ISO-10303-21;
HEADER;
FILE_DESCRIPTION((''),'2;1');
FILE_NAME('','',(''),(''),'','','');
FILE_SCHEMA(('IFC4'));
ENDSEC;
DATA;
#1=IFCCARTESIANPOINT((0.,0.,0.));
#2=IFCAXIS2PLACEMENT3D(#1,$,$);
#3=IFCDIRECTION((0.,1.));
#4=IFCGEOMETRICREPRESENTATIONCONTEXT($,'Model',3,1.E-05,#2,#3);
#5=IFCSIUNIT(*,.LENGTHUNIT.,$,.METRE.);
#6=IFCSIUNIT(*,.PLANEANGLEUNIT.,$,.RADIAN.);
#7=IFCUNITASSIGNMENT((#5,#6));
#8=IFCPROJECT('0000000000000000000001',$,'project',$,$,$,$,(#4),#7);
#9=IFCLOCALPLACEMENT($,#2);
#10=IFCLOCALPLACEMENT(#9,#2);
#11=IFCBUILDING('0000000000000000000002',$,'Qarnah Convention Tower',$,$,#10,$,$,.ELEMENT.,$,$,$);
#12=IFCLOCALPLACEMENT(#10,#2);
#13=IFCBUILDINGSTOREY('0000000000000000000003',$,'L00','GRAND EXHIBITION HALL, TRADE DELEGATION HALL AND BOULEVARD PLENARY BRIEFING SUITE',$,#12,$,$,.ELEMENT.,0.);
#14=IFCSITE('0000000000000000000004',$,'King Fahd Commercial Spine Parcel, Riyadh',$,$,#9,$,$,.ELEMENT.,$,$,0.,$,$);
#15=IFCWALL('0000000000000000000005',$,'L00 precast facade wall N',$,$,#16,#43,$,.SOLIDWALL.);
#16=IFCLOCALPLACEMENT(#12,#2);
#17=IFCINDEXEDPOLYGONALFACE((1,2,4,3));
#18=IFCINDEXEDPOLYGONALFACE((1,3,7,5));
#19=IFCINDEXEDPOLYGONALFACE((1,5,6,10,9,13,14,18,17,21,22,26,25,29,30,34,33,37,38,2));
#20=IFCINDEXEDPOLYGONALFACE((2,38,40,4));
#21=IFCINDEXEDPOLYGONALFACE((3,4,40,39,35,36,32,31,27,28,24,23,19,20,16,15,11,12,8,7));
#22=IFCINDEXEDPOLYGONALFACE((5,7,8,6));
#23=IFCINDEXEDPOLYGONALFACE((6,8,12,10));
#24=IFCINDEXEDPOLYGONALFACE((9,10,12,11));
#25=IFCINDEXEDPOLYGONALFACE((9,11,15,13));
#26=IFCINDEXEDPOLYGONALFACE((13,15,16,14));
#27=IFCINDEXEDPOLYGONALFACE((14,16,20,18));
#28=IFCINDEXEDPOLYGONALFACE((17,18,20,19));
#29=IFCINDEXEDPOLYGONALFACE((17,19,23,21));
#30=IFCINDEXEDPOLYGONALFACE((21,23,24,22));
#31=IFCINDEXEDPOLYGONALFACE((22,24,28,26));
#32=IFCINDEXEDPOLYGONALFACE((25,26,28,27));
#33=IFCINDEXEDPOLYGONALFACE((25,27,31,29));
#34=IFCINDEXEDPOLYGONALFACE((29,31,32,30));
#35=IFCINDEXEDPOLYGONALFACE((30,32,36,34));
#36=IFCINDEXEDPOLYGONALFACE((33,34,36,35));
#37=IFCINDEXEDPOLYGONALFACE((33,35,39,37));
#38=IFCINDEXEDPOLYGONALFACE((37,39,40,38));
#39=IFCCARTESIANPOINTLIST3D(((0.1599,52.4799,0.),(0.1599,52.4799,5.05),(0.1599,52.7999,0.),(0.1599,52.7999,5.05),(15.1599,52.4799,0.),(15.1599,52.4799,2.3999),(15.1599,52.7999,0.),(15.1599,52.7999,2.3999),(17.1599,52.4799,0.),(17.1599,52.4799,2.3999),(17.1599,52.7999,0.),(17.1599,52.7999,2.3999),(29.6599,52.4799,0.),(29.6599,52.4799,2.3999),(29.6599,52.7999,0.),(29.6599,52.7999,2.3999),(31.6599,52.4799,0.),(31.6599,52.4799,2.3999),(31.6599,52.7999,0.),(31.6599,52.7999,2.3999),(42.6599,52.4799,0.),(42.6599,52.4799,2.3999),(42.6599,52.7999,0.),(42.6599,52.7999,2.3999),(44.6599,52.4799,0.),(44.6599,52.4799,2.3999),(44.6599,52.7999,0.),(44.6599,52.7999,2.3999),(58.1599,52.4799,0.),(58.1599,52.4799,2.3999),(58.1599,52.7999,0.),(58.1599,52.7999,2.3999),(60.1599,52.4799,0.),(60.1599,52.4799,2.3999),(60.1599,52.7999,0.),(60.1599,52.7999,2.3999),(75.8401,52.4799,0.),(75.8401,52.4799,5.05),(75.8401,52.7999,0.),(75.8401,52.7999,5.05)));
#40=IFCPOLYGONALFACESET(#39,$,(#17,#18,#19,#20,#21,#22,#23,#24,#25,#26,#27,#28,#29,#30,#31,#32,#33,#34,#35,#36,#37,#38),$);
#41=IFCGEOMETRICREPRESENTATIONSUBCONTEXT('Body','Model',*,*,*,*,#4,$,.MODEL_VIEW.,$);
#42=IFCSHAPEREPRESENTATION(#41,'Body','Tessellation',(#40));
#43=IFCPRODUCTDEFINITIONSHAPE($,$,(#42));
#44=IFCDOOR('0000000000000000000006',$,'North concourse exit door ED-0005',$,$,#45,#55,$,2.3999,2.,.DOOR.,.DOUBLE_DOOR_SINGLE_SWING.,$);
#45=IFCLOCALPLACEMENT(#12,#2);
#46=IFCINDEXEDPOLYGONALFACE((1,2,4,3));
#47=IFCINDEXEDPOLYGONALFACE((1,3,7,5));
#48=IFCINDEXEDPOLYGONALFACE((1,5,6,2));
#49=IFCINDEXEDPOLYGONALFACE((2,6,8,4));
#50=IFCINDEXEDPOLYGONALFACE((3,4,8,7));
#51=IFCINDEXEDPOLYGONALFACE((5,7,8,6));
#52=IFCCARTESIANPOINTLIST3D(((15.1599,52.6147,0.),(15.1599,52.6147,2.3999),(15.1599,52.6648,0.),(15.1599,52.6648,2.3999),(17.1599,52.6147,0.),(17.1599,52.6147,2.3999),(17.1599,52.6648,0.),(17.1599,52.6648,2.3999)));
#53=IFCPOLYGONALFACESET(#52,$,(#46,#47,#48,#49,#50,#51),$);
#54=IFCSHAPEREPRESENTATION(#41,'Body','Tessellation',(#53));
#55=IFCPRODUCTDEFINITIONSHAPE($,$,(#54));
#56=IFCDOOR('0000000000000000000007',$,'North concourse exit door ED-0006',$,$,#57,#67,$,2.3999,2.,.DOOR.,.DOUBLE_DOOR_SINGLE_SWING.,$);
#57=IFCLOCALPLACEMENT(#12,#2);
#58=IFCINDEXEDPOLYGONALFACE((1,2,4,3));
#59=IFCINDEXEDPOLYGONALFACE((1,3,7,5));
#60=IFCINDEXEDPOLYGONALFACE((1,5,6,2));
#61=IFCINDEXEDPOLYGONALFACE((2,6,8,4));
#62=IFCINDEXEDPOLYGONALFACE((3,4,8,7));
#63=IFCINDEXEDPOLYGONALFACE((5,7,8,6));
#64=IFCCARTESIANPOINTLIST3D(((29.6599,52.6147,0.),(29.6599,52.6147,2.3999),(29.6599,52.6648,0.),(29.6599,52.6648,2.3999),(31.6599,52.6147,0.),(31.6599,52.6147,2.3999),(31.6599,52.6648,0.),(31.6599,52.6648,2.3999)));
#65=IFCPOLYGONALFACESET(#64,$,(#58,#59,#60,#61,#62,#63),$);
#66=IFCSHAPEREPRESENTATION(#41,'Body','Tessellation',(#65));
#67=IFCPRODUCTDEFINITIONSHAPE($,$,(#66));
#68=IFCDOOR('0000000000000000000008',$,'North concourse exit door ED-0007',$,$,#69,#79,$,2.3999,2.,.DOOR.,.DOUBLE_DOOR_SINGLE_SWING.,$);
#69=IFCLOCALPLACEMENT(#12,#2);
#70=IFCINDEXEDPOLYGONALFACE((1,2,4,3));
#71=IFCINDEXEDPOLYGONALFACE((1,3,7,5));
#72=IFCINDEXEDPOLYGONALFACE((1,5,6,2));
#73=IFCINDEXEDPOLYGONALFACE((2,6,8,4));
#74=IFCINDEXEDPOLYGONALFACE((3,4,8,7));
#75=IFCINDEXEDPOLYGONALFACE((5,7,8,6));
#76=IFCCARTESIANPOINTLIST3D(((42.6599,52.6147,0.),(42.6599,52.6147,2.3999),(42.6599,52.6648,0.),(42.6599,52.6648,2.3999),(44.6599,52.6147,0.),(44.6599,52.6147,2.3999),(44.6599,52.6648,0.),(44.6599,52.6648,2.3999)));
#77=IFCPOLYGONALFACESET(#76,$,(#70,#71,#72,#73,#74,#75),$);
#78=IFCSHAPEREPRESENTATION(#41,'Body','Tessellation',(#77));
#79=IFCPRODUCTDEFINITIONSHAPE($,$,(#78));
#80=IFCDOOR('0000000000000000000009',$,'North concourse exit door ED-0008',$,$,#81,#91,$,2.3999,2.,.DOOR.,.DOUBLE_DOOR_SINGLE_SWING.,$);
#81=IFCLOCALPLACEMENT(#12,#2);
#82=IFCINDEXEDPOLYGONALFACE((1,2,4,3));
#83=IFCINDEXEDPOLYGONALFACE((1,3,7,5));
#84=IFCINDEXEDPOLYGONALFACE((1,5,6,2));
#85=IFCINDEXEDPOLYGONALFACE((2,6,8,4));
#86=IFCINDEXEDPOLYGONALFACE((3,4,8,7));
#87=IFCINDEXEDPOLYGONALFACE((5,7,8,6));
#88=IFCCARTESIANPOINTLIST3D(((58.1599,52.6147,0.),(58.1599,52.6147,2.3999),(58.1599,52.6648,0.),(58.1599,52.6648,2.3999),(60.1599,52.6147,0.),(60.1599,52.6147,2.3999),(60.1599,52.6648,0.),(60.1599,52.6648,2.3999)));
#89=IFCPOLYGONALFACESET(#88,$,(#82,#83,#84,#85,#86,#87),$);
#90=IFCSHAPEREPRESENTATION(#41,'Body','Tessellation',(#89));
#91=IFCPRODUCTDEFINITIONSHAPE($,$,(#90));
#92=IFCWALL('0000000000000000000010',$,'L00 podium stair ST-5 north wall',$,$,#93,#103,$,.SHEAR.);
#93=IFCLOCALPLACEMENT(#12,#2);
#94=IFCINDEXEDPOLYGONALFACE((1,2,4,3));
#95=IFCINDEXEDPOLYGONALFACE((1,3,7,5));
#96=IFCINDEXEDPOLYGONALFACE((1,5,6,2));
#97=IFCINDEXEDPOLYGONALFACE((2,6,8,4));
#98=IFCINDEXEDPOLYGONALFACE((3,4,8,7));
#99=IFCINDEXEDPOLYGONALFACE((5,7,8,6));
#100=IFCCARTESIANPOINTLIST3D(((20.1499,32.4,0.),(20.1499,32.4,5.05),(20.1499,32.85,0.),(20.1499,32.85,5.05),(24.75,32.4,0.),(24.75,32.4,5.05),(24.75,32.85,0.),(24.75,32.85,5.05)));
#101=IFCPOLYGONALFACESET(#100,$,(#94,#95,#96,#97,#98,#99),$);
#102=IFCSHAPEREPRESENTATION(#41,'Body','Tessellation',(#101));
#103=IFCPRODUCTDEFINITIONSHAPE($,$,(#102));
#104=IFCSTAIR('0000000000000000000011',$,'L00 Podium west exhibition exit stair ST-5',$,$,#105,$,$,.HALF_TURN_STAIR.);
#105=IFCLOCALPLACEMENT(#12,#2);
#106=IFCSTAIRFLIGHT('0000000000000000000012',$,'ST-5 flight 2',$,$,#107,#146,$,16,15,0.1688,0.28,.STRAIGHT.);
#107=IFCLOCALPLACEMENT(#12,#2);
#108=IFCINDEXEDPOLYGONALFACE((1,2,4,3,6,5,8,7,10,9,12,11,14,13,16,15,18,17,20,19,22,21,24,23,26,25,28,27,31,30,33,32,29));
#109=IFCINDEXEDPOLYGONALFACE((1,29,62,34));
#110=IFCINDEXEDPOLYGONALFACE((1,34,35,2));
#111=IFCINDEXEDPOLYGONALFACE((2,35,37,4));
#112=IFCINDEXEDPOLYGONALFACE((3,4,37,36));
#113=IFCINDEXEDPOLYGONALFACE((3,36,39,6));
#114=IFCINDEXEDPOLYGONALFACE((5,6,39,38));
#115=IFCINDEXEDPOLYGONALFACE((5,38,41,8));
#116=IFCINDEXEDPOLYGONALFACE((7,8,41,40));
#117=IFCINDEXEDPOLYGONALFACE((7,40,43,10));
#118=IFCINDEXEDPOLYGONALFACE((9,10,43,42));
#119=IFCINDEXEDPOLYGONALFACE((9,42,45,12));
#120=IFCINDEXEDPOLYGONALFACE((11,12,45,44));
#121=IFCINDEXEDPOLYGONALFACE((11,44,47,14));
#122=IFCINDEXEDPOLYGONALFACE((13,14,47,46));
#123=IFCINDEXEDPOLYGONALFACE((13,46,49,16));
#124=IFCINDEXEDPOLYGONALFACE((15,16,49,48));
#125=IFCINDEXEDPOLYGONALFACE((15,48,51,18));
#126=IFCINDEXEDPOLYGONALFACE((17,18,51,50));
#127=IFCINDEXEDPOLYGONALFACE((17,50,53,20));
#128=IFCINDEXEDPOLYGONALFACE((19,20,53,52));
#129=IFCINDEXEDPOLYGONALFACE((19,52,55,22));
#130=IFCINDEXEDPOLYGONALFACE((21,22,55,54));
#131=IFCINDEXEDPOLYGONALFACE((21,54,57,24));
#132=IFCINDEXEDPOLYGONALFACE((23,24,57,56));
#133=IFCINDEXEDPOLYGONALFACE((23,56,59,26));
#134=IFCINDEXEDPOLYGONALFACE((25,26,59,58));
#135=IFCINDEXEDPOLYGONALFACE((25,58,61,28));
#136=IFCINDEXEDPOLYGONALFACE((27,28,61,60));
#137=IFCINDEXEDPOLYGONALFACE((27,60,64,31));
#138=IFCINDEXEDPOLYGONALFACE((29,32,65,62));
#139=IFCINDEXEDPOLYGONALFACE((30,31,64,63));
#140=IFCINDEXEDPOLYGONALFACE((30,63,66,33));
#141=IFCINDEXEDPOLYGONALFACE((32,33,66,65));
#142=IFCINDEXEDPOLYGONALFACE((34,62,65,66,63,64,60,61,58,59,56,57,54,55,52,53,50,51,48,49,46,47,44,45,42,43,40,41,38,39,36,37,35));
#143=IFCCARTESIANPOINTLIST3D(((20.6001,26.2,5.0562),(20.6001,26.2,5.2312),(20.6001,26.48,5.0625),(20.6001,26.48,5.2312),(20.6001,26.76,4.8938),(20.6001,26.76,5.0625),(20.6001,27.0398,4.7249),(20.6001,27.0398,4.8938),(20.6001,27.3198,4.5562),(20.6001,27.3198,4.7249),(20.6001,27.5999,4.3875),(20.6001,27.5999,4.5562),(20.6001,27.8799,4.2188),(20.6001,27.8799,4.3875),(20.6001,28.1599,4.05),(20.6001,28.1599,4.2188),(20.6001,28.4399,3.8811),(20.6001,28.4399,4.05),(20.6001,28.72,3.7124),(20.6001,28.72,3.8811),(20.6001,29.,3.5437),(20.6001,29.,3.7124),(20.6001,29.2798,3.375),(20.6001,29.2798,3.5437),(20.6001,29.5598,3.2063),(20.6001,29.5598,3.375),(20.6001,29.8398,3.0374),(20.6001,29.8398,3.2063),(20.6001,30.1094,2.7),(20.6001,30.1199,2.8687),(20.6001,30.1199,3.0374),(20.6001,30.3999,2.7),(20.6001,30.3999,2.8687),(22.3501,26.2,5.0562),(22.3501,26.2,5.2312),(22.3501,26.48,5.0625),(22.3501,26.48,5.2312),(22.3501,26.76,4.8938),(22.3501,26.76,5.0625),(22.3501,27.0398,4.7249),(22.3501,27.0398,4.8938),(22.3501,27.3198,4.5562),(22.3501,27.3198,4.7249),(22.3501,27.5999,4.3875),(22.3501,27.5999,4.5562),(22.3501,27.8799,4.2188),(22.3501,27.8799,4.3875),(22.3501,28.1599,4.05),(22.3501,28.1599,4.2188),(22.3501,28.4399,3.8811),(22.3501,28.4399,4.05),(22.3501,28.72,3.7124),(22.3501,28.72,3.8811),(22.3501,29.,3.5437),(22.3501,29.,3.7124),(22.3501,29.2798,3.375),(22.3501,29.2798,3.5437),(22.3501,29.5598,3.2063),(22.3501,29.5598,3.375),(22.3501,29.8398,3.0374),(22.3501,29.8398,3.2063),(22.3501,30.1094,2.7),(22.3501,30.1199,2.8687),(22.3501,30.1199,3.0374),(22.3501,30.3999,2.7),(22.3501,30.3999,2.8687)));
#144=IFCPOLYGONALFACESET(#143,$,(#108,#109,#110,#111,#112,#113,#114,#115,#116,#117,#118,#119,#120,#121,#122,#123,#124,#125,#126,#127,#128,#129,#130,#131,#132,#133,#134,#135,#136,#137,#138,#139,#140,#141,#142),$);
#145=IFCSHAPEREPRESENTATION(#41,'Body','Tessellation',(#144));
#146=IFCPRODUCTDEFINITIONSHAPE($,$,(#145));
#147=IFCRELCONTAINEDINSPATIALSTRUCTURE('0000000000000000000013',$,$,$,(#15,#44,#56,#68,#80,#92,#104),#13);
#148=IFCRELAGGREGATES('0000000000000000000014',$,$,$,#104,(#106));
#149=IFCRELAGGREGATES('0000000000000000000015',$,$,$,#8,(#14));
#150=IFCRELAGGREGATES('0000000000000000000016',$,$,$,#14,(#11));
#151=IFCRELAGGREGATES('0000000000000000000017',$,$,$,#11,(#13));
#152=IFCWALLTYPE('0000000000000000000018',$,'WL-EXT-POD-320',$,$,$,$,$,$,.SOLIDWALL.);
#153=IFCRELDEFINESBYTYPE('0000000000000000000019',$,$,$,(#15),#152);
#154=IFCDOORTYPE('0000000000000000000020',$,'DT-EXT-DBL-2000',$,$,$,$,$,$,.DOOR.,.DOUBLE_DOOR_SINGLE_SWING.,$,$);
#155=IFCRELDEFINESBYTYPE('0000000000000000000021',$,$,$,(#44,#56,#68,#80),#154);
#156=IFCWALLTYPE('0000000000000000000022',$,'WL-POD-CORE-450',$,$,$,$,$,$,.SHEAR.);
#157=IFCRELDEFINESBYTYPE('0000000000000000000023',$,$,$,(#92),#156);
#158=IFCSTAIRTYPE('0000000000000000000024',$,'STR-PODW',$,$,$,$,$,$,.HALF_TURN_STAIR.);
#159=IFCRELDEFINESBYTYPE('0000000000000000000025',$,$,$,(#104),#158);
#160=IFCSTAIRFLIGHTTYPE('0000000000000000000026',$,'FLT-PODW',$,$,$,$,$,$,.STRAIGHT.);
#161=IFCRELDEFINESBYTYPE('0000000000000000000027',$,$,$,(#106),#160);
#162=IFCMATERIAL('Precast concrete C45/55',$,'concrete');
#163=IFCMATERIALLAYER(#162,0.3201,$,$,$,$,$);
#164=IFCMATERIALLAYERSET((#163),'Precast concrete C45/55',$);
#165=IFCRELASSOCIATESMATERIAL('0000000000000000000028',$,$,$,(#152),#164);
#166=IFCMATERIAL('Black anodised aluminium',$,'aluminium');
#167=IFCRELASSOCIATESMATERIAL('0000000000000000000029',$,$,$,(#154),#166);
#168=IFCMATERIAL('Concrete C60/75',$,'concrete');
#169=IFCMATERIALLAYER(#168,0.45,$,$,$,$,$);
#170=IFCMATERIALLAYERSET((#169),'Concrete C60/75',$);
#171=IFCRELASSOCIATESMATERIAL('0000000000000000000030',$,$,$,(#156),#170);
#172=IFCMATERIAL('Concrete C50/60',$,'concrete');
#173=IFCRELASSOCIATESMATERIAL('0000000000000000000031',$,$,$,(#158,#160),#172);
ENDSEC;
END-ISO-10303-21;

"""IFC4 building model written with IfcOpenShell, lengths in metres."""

from ifc_helpers import new_model, si_unit, direction, frame, frame_2d, origin, place, context, subcontext, project, spatial, polyline, rectangle, outline, extrude, material, layer, layer_set, type_object, element, fill, aggregate, save


model = new_model("IFC4")

# Units and contexts
model_context = context("Model", 3, precision=1e-05, world=origin(), true_north=direction((0.0, 1.0)))
body_context = subcontext(model_context, "Body", "Model", "MODEL_VIEW")
ifc_project = project(units=[si_unit("LENGTHUNIT", "METRE"), si_unit("PLANEANGLEUNIT", "RADIAN")], contexts=[model_context])

# Site, building, storey
site_placement = place(None, origin())
site = spatial("IfcSite", under=ifc_project, at=site_placement, Name="King Fahd Commercial Spine Parcel, Riyadh", CompositionType="ELEMENT", RefElevation=0.0)
building_placement = place(site_placement, origin())
building = spatial("IfcBuilding", under=site, at=building_placement, Name="Qarnah Convention Tower", CompositionType="ELEMENT")
storey_placement = place(building_placement, origin())
storey = spatial("IfcBuildingStorey", under=building, at=storey_placement, Name="L00", Description="GRAND EXHIBITION HALL, TRADE DELEGATION HALL AND BOULEVARD PLENARY BRIEFING SUITE", CompositionType="ELEMENT", Elevation=0.0)

# Shared definitions
ifc_material_1 = material(Name="Concrete C60/75", Category="concrete")
ifc_material_2 = material(Name="Precast concrete C45/55", Category="concrete")

# Wall, openings, doors
ifc_layer_1 = layer(ifc_material_2, 0.3201)
ifc_layer_set_1 = layer_set([ifc_layer_1], Name="Precast concrete C45/55")
wall_type_1 = type_object("IfcWallType", Name="WL-EXT-POD-320", PredefinedType="SOLIDWALL", material=ifc_layer_set_1)
wall_1_placement = place(storey_placement, frame((0.1599, 52.6399, 0.0), z_axis=(0.0, 0.0, 1.0), x_axis=(1.0, 0.0, 0.0)))
wall_1 = element("IfcWall", 1, at=wall_1_placement, inside=storey, type_object=wall_type_1, Name="L00 precast facade wall N", PredefinedType="SOLIDWALL", context=body_context, shape_type="SweptSolid", body=[
    extrude(rectangle(XDim=75.6802, YDim=0.3201, at=frame_2d((37.8401, 0.0))), origin(), (0.0, 0.0, 1.0), 5.05),
])
opening_1_placement = place(wall_1_placement, frame((15.0, 0.0, 0.0)))
opening_1 = element("IfcOpeningElement", 2, at=opening_1_placement, cuts=wall_1, PredefinedType="OPENING", context=body_context, shape_type="SweptSolid", body=[
    extrude(rectangle(XDim=2.0, YDim=2.3999, at=frame_2d((1.0, 1.2))), frame((0.0, 0.1699, 0.0), z_axis=(0.0, -1.0, 0.0), x_axis=(1.0, 0.0, 0.0)), (0.0, 0.0, 1.0), 0.3401),
])
opening_2_placement = place(wall_1_placement, frame((29.5, 0.0, 0.0)))
opening_2 = element("IfcOpeningElement", 3, at=opening_2_placement, cuts=wall_1, PredefinedType="OPENING", context=body_context, shape_type="SweptSolid", body=[
    extrude(rectangle(XDim=2.0, YDim=2.3999, at=frame_2d((1.0, 1.2))), frame((0.0, 0.1699, 0.0), z_axis=(0.0, -1.0, 0.0), x_axis=(1.0, 0.0, 0.0)), (0.0, 0.0, 1.0), 0.3401),
])
opening_3_placement = place(wall_1_placement, frame((42.5, 0.0, 0.0)))
opening_3 = element("IfcOpeningElement", 4, at=opening_3_placement, cuts=wall_1, PredefinedType="OPENING", context=body_context, shape_type="SweptSolid", body=[
    extrude(rectangle(XDim=2.0, YDim=2.3999, at=frame_2d((1.0, 1.2))), frame((0.0, 0.1699, 0.0), z_axis=(0.0, -1.0, 0.0), x_axis=(1.0, 0.0, 0.0)), (0.0, 0.0, 1.0), 0.3401),
])
opening_4_placement = place(wall_1_placement, frame((58.0, 0.0, 0.0)))
opening_4 = element("IfcOpeningElement", 5, at=opening_4_placement, cuts=wall_1, PredefinedType="OPENING", context=body_context, shape_type="SweptSolid", body=[
    extrude(rectangle(XDim=2.0, YDim=2.3999, at=frame_2d((1.0, 1.2))), frame((0.0, 0.1699, 0.0), z_axis=(0.0, -1.0, 0.0), x_axis=(1.0, 0.0, 0.0)), (0.0, 0.0, 1.0), 0.3401),
])
ifc_material_3 = material(Name="Black anodised aluminium", Category="aluminium")
door_type = type_object("IfcDoorType", Name="DT-EXT-DBL-2000", OperationType="DOUBLE_DOOR_SINGLE_SWING", PredefinedType="DOOR", material=ifc_material_3)
door_1_placement = place(opening_1_placement, origin())
door_1 = element("IfcDoor", 6, at=door_1_placement, inside=storey, type_object=door_type, Name="North concourse exit door ED-0005", OperationType="DOUBLE_DOOR_SINGLE_SWING", OverallHeight=2.3999, OverallWidth=2.0, PredefinedType="DOOR", context=body_context, shape_type="SweptSolid", body=[
    extrude(rectangle(XDim=2.0, YDim=2.3999, at=frame_2d((1.0, 1.2))), frame((0.0, 0.0249, 0.0), z_axis=(0.0, -1.0, 0.0), x_axis=(1.0, 0.0, 0.0)), (0.0, 0.0, 1.0), 0.05),
])
fill(opening_1, door_1)
door_2_placement = place(opening_2_placement, origin())
door_2 = element("IfcDoor", 7, at=door_2_placement, inside=storey, type_object=door_type, Name="North concourse exit door ED-0006", OperationType="DOUBLE_DOOR_SINGLE_SWING", OverallHeight=2.3999, OverallWidth=2.0, PredefinedType="DOOR", context=body_context, shape_type="SweptSolid", body=[
    extrude(rectangle(XDim=2.0, YDim=2.3999, at=frame_2d((1.0, 1.2))), frame((0.0, 0.0249, 0.0), z_axis=(0.0, -1.0, 0.0), x_axis=(1.0, 0.0, 0.0)), (0.0, 0.0, 1.0), 0.05),
])
fill(opening_2, door_2)
door_3_placement = place(opening_3_placement, origin())
door_3 = element("IfcDoor", 8, at=door_3_placement, inside=storey, type_object=door_type, Name="North concourse exit door ED-0007", OperationType="DOUBLE_DOOR_SINGLE_SWING", OverallHeight=2.3999, OverallWidth=2.0, PredefinedType="DOOR", context=body_context, shape_type="SweptSolid", body=[
    extrude(rectangle(XDim=2.0, YDim=2.3999, at=frame_2d((1.0, 1.2))), frame((0.0, 0.0249, 0.0), z_axis=(0.0, -1.0, 0.0), x_axis=(1.0, 0.0, 0.0)), (0.0, 0.0, 1.0), 0.05),
])
fill(opening_3, door_3)
door_4_placement = place(opening_4_placement, origin())
door_4 = element("IfcDoor", 9, at=door_4_placement, inside=storey, type_object=door_type, Name="North concourse exit door ED-0008", OperationType="DOUBLE_DOOR_SINGLE_SWING", OverallHeight=2.3999, OverallWidth=2.0, PredefinedType="DOOR", context=body_context, shape_type="SweptSolid", body=[
    extrude(rectangle(XDim=2.0, YDim=2.3999, at=frame_2d((1.0, 1.2))), frame((0.0, 0.0249, 0.0), z_axis=(0.0, -1.0, 0.0), x_axis=(1.0, 0.0, 0.0)), (0.0, 0.0, 1.0), 0.05),
])
fill(opening_4, door_4)

# Wall
ifc_layer_2 = layer(ifc_material_1, 0.45)
ifc_layer_set_2 = layer_set([ifc_layer_2], Name="Concrete C60/75")
wall_type_2 = type_object("IfcWallType", Name="WL-POD-CORE-450", PredefinedType="SHEAR", material=ifc_layer_set_2)
wall_2_placement = place(storey_placement, frame((20.1499, 32.625, 0.0), z_axis=(0.0, 0.0, 1.0), x_axis=(1.0, 0.0, 0.0)))
element("IfcWall", 10, at=wall_2_placement, inside=storey, type_object=wall_type_2, Name="L00 podium stair ST-5 north wall", PredefinedType="SHEAR", context=body_context, shape_type="SweptSolid", body=[
    extrude(rectangle(XDim=4.6001, YDim=0.45, at=frame_2d((2.3, 0.0))), origin(), (0.0, 0.0, 1.0), 5.05),
])

# Stair, stair flight
ifc_material_4 = material(Name="Concrete C50/60", Category="concrete")
stair_type = type_object("IfcStairType", Name="STR-PODW", PredefinedType="HALF_TURN_STAIR", material=ifc_material_4)
stair_placement = place(storey_placement, origin())
stair = element("IfcStair", 11, at=stair_placement, inside=storey, type_object=stair_type, Name="L00 Podium west exhibition exit stair ST-5", PredefinedType="HALF_TURN_STAIR")
stair_flight_type = type_object("IfcStairFlightType", Name="FLT-PODW", PredefinedType="STRAIGHT", material=ifc_material_4)
stair_flight_placement = place(storey_placement, frame((21.4751, 30.3999, 2.7), z_axis=(0.0, 0.0, 1.0), x_axis=(0.0, -1.0, 0.0)))
stair_flight = element("IfcStairFlight", 12, at=stair_flight_placement, type_object=stair_flight_type, Name="ST-5 flight 2", NumberOfRisers=16, NumberOfTreads=15, PredefinedType="STRAIGHT", RiserHeight=0.1688, TreadLength=0.28, context=body_context, shape_type="SweptSolid", body=[
    extrude(outline(polyline([(0.0, 0.0), (0.0, 0.1687), (0.28, 0.1687), (0.28, 0.3374), (0.5601, 0.3374), (0.5601, 0.5063), (0.8401, 0.5063), (0.8401, 0.675), (1.1201, 0.675), (1.1201, 0.8438), (1.3999, 0.8438), (1.3999, 1.0125), (1.6799, 1.0125), (1.6799, 1.1812), (1.96, 1.1812), (1.96, 1.3501), (2.24, 1.3501), (2.24, 1.5188), (2.52, 1.5188), (2.52, 1.6875), (2.8, 1.6875), (2.8, 1.8562), (3.0801, 1.8562), (3.0801, 2.0249), (3.3601, 2.0249), (3.3601, 2.1938), (3.6399, 2.1938), (3.6399, 2.3625), (3.9199, 2.3625), (3.9199, 2.5312), (4.2, 2.5312), (4.2, 2.7), (4.2, 2.3562), (0.2905, 0.0), (0.0, 0.0)])), frame((0.0, 0.875, 0.0), z_axis=(0.0, -1.0, 0.0), x_axis=(1.0, 0.0, 0.0)), (0.0, 0.0, 1.0), 1.75),
])
aggregate(stair, [stair_flight])

save(model, "model.ifc")
